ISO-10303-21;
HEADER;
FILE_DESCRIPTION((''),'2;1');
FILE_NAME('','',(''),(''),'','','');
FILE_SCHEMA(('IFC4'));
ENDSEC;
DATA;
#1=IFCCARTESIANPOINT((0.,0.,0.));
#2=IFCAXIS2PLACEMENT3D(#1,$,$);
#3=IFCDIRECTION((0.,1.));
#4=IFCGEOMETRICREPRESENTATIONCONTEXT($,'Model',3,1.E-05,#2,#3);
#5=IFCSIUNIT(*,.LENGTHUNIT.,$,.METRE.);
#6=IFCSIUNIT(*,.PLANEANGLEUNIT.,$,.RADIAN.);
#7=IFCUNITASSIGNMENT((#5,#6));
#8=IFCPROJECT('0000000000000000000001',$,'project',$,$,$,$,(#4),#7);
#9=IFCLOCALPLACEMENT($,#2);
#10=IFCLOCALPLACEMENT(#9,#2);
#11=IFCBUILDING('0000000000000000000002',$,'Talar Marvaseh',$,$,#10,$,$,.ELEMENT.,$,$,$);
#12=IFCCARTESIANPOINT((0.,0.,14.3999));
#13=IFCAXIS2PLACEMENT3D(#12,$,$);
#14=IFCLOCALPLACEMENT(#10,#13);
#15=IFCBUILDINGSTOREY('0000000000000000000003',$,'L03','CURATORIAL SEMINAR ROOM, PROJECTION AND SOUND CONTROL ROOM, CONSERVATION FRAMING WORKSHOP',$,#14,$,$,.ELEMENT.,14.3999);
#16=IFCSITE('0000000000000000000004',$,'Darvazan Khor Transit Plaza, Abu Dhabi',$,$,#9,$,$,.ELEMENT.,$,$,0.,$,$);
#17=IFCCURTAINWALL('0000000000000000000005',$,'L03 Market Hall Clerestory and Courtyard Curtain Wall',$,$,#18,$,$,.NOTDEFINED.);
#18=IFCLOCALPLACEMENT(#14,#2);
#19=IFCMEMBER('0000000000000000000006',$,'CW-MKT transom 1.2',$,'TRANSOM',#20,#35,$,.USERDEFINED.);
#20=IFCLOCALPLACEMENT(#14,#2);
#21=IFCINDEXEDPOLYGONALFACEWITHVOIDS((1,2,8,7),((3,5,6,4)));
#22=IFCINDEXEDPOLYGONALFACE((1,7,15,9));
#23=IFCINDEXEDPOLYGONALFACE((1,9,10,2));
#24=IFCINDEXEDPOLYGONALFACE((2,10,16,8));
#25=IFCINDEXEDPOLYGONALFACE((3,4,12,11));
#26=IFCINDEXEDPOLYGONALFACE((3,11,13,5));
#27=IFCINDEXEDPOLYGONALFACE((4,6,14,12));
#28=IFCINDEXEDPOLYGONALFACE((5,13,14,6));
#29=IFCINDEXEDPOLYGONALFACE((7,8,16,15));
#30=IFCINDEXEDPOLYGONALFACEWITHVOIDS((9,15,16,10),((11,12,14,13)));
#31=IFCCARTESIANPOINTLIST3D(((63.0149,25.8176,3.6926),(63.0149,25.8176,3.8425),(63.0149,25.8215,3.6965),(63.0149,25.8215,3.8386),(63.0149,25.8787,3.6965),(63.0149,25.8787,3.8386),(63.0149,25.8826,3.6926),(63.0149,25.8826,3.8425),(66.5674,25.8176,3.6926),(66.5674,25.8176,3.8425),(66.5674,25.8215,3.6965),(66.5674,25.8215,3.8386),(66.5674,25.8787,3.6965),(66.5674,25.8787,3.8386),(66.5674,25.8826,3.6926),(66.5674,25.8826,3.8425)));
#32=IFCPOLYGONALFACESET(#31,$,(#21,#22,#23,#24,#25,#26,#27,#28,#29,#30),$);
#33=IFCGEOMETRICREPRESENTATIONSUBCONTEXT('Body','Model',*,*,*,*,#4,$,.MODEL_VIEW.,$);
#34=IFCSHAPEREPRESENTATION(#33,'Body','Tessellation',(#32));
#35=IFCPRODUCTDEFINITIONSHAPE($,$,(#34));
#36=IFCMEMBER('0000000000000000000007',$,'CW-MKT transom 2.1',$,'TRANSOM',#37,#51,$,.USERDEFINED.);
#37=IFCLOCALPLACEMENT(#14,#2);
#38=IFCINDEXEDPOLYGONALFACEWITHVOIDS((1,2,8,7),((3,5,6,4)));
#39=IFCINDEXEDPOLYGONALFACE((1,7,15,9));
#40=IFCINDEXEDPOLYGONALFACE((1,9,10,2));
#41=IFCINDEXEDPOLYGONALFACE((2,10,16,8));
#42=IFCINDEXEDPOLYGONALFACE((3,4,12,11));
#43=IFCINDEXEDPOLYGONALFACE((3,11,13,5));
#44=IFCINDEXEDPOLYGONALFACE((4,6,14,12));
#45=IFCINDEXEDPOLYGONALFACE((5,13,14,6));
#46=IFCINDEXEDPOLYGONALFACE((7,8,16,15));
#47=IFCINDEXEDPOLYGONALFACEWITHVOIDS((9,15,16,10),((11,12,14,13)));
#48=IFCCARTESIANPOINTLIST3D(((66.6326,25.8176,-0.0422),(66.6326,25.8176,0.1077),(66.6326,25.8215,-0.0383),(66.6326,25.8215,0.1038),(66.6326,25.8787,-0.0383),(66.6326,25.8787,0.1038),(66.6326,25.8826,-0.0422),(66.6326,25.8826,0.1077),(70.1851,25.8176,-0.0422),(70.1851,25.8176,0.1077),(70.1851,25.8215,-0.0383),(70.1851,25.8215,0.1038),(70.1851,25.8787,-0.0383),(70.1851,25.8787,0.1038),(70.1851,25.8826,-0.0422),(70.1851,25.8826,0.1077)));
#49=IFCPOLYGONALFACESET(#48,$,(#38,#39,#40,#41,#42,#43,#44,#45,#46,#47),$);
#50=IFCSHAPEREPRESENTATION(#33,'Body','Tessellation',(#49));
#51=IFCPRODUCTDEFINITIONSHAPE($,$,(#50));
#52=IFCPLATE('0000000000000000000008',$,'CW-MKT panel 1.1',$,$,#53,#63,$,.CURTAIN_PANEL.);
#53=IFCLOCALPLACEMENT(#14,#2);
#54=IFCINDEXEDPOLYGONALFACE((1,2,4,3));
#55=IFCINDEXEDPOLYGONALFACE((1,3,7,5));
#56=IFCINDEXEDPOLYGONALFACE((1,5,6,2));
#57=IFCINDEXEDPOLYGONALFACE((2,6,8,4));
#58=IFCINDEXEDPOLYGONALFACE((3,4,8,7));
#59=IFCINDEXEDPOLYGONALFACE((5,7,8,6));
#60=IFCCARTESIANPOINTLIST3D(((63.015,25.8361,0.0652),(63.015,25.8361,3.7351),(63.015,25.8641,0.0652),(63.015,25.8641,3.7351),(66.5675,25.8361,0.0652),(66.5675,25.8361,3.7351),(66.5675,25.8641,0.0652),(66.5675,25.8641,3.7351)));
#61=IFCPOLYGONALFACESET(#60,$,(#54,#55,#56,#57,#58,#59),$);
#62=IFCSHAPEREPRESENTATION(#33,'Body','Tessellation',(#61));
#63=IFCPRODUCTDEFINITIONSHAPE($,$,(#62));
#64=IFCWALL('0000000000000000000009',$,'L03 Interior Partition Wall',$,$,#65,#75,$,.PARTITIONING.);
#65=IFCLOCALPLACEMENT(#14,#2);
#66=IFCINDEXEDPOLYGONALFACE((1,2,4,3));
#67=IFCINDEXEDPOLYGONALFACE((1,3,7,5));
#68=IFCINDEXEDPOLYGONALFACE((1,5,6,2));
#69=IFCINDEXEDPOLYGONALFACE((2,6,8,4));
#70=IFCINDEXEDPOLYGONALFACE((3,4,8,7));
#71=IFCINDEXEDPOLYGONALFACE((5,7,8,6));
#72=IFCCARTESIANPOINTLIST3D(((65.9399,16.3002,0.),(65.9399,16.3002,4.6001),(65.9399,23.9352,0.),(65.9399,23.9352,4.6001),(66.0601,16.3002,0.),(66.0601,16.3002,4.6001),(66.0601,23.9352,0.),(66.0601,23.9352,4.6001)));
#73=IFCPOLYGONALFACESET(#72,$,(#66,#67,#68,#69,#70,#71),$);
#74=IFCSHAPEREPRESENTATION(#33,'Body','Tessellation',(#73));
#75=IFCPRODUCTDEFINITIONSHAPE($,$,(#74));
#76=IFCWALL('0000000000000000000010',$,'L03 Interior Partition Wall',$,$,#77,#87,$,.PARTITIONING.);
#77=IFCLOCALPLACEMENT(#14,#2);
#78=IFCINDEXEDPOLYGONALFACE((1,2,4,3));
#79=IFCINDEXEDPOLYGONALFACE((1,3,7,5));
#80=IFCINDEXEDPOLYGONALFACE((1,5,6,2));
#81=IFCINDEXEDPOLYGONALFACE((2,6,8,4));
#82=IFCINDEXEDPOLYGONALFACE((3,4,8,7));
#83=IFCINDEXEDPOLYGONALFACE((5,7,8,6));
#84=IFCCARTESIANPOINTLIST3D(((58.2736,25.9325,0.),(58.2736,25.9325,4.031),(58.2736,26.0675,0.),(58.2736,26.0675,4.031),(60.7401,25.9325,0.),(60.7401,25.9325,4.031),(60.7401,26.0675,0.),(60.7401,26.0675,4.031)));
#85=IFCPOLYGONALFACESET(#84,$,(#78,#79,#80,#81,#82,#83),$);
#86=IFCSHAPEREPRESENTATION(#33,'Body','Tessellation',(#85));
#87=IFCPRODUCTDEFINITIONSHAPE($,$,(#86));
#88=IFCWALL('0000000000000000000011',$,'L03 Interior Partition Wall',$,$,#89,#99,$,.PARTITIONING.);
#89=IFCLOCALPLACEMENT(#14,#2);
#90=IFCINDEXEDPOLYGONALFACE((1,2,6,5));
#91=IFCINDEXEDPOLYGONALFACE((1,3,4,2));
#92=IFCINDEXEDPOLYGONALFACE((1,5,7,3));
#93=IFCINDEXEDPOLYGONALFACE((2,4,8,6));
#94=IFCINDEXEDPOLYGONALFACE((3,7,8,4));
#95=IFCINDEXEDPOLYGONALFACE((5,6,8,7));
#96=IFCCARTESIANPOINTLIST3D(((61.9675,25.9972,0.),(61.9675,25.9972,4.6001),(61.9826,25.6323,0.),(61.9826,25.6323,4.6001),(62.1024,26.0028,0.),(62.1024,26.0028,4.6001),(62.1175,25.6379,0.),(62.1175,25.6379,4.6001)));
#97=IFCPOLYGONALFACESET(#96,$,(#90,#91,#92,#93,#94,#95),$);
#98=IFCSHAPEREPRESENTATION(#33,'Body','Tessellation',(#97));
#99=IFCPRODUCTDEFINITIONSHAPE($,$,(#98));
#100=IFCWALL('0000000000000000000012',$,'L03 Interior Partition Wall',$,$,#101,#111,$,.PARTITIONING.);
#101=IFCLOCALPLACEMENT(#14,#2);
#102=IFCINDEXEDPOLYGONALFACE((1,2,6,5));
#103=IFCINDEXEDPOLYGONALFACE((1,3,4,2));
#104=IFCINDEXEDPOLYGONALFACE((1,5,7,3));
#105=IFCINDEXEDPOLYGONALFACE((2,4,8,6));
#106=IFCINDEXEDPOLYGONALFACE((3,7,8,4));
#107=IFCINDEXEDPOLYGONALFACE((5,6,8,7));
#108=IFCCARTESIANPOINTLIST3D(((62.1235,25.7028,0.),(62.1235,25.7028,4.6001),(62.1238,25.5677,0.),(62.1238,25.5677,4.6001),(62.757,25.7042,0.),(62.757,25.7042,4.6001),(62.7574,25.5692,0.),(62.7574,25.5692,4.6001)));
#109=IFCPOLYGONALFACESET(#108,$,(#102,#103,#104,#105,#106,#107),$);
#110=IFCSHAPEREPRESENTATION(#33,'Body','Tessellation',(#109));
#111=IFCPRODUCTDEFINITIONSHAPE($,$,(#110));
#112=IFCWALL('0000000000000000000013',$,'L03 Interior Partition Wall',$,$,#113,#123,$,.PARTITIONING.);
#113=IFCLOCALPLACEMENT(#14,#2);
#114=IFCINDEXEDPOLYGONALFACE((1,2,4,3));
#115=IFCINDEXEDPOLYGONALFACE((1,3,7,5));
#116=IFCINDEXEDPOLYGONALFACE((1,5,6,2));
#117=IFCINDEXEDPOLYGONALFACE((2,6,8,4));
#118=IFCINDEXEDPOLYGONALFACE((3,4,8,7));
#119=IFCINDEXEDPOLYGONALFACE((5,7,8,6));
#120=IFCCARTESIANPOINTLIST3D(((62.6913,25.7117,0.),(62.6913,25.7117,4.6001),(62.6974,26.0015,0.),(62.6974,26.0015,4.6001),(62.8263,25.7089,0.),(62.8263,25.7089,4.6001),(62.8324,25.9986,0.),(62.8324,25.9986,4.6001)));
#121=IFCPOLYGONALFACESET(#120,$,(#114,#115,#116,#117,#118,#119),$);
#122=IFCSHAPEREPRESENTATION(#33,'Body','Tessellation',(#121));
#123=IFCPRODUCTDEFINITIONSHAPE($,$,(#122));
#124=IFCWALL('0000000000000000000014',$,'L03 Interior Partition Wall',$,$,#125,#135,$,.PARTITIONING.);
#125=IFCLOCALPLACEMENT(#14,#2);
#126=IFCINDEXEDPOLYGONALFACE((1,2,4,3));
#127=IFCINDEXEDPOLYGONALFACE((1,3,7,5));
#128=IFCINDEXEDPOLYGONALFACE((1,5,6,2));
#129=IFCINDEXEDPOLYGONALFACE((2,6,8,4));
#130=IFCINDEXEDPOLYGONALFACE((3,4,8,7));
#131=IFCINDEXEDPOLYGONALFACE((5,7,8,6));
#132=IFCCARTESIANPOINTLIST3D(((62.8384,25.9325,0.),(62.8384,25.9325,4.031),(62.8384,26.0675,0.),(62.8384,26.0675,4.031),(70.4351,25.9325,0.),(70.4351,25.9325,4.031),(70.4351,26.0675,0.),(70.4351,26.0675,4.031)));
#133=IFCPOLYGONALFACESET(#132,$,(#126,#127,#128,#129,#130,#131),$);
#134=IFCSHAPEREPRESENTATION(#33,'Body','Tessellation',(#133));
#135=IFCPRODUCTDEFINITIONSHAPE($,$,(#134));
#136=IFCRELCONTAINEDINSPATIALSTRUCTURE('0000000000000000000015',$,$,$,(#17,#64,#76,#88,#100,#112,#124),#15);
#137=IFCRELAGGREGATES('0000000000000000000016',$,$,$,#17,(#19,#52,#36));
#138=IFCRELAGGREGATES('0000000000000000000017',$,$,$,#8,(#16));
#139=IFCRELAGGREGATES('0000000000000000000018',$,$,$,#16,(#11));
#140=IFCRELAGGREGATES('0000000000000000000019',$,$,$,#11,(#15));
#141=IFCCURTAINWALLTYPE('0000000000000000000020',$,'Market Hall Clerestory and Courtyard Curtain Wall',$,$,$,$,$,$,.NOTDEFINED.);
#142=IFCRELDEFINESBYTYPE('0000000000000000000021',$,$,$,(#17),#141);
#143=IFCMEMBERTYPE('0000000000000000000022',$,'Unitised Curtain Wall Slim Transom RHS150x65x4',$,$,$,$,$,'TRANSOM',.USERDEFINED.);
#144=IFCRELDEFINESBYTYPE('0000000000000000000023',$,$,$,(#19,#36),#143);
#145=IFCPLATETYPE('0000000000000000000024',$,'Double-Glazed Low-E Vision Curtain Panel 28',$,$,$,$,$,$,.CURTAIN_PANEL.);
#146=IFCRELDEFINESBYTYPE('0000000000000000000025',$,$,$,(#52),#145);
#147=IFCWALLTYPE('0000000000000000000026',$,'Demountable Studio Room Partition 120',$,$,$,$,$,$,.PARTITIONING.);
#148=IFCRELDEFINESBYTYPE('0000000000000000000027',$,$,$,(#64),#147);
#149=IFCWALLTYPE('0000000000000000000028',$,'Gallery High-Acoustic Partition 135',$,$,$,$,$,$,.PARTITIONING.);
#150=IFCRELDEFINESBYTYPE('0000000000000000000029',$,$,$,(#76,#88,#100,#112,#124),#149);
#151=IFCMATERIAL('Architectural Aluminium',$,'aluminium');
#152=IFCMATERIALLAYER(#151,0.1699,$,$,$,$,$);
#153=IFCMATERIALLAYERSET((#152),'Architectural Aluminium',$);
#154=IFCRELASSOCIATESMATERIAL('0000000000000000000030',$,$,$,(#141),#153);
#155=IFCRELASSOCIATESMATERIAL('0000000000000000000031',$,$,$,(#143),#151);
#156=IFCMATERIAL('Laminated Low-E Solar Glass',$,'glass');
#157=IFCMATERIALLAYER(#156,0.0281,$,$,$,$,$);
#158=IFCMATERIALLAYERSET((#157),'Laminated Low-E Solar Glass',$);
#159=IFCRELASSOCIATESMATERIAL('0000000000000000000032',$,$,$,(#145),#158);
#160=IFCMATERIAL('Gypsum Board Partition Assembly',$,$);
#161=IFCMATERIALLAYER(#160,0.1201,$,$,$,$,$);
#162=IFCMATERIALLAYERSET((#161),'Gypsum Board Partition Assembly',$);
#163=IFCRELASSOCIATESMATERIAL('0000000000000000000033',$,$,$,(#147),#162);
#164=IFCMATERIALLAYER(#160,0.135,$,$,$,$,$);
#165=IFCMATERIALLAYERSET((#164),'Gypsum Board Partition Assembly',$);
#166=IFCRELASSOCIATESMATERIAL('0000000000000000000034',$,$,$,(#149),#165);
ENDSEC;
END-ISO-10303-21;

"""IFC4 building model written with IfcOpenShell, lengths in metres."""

from ifc_helpers import new_model, si_unit, direction, frame, frame_2d, origin, origin_2d, place, context, subcontext, project, spatial, rectangle, hollow_rectangle, extrude, source, transform, mapped, material, layer, layer_set, material_profile, profile_set, type_object, type_shapes, element, aggregate, save


model = new_model("IFC4")

# Units and contexts
model_context = context("Model", 3, precision=1e-05, world=origin(), true_north=direction((0.0, 1.0)))
body_context = subcontext(model_context, "Body", "Model", "MODEL_VIEW")
ifc_project = project(units=[si_unit("LENGTHUNIT", "METRE"), si_unit("PLANEANGLEUNIT", "RADIAN")], contexts=[model_context])

# Site, building, storey
site_placement = place(None, origin())
site = spatial("IfcSite", under=ifc_project, at=site_placement, Name="Darvazan Khor Transit Plaza, Abu Dhabi", CompositionType="ELEMENT", RefElevation=0.0)
building_placement = place(site_placement, origin())
building = spatial("IfcBuilding", under=site, at=building_placement, Name="Talar Marvaseh", CompositionType="ELEMENT")
storey_placement = place(building_placement, frame((0.0, 0.0, 14.3999)))
storey = spatial("IfcBuildingStorey", under=building, at=storey_placement, Name="L03", Description="CURATORIAL SEMINAR ROOM, PROJECTION AND SOUND CONTROL ROOM, CONSERVATION FRAMING WORKSHOP", CompositionType="ELEMENT", Elevation=14.3999)

# Curtain wall, members, plate
ifc_material_1 = material(Name="Architectural Aluminium", Category="aluminium")
ifc_layer_1 = layer(ifc_material_1, 0.1699)
ifc_layer_set_1 = layer_set([ifc_layer_1], Name="Architectural Aluminium")
curtain_wall_type = type_object("IfcCurtainWallType", Name="Market Hall Clerestory and Courtyard Curtain Wall", PredefinedType="NOTDEFINED", material=ifc_layer_set_1)
curtain_wall_placement = place(storey_placement, origin())
curtain_wall = element("IfcCurtainWall", 1, at=curtain_wall_placement, inside=storey, type_object=curtain_wall_type, Name="L03 Market Hall Clerestory and Courtyard Curtain Wall", PredefinedType="NOTDEFINED")
ifc_material_profile_1 = material_profile(ifc_material_1, hollow_rectangle(XDim=0.0649, YDim=0.1499, WallThickness=0.0039, at=origin_2d()), Name="RHS150x65x4")
ifc_profile_set_1 = profile_set([ifc_material_profile_1], Name="Architectural Aluminium")
member_type_1 = type_object("IfcMemberType", Name="Unitised Curtain Wall Slim Transom RHS150x65x4", ElementType="TRANSOM", PredefinedType="USERDEFINED", material=ifc_profile_set_1)
shared_shape_1 = source(origin(), body_context, "Body", "SweptSolid", [
    extrude(hollow_rectangle(XDim=0.0649, YDim=0.1499, WallThickness=0.0039, at=origin_2d()), origin(), (0.0, 0.0, 1.0), 3.5525),
])
type_shapes(member_type_1, [shared_shape_1])
member_1_placement = place(storey_placement, frame((63.0149, 25.8501, 3.7676), z_axis=(1.0, 0.0, 0.0), x_axis=(0.0, 1.0, 0.0)))
member_1 = element("IfcMember", 2, at=member_1_placement, type_object=member_type_1, Name="CW-MKT transom 1.2", ObjectType="TRANSOM", PredefinedType="USERDEFINED", context=body_context, shape_type="MappedRepresentation", body=[
    mapped(shared_shape_1, transform((0.0, 0.0, 0.0), x_axis=(1.0, 0.0, 0.0), y_axis=(0.0, 1.0, 0.0), z_axis=(0.0, 0.0, 1.0), scale=1.0)),
])
member_2_placement = place(storey_placement, frame((66.6326, 25.8501, 0.0327), z_axis=(1.0, 0.0, 0.0), x_axis=(0.0, 1.0, 0.0)))
member_2 = element("IfcMember", 3, at=member_2_placement, type_object=member_type_1, Name="CW-MKT transom 2.1", ObjectType="TRANSOM", PredefinedType="USERDEFINED", context=body_context, shape_type="MappedRepresentation", body=[
    mapped(shared_shape_1, transform((0.0, 0.0, 0.0), x_axis=(1.0, 0.0, 0.0), y_axis=(0.0, 1.0, 0.0), z_axis=(0.0, 0.0, 1.0), scale=1.0)),
])
ifc_material_2 = material(Name="Laminated Low-E Solar Glass", Category="glass")
ifc_layer_2 = layer(ifc_material_2, 0.0281)
ifc_layer_set_2 = layer_set([ifc_layer_2], Name="Laminated Low-E Solar Glass")
plate_type = type_object("IfcPlateType", Name="Double-Glazed Low-E Vision Curtain Panel 28", PredefinedType="CURTAIN_PANEL", material=ifc_layer_set_2)
shared_shape_2 = source(origin(), body_context, "Body", "SweptSolid", [
    extrude(rectangle(XDim=3.5525, YDim=0.0281, at=origin_2d()), origin(), (0.0, 0.0, 1.0), 3.6699),
])
type_shapes(plate_type, [shared_shape_2])
plate_placement = place(storey_placement, frame((64.7913, 25.8501, 0.0652), z_axis=(0.0, 0.0, 1.0), x_axis=(1.0, 0.0, 0.0)))
plate = element("IfcPlate", 4, at=plate_placement, type_object=plate_type, Name="CW-MKT panel 1.1", PredefinedType="CURTAIN_PANEL", context=body_context, shape_type="MappedRepresentation", body=[
    mapped(shared_shape_2, transform((0.0, 0.0, 0.0), x_axis=(1.0, 0.0, 0.0), y_axis=(0.0, 1.0, 0.0), z_axis=(0.0, 0.0, 1.0), scale=1.0)),
])
aggregate(curtain_wall, [member_1, plate, member_2])

# Walls
ifc_material_3 = material(Name="Gypsum Board Partition Assembly")
ifc_layer_3 = layer(ifc_material_3, 0.1201)
ifc_layer_set_3 = layer_set([ifc_layer_3], Name="Gypsum Board Partition Assembly")
wall_type_1 = type_object("IfcWallType", Name="Demountable Studio Room Partition 120", PredefinedType="PARTITIONING", material=ifc_layer_set_3)
wall_1_placement = place(storey_placement, frame((66.0, 23.9351, 0.0), z_axis=(0.0, 0.0, 1.0), x_axis=(0.0, -1.0, 0.0)))
element("IfcWall", 5, at=wall_1_placement, inside=storey, type_object=wall_type_1, Name="L03 Interior Partition Wall", PredefinedType="PARTITIONING", context=body_context, shape_type="SweptSolid", body=[
    extrude(rectangle(XDim=7.635, YDim=0.1201, at=frame_2d((3.8174, 0.0))), origin(), (0.0, 0.0, 1.0), 4.6001),
])
ifc_layer_4 = layer(ifc_material_3, 0.135)
ifc_layer_set_4 = layer_set([ifc_layer_4], Name="Gypsum Board Partition Assembly")
wall_type_2 = type_object("IfcWallType", Name="Gallery High-Acoustic Partition 135", PredefinedType="PARTITIONING", material=ifc_layer_set_4)
wall_2_placement = place(storey_placement, frame((58.2734, 26.0, 0.0), z_axis=(0.0, 0.0, 1.0), x_axis=(1.0, 0.0, 0.0)))
element("IfcWall", 6, at=wall_2_placement, inside=storey, type_object=wall_type_2, Name="L03 Interior Partition Wall", PredefinedType="PARTITIONING", context=body_context, shape_type="SweptSolid", body=[
    extrude(rectangle(XDim=2.4666, YDim=0.135, at=frame_2d((1.2334, 0.0))), origin(), (0.0, 0.0, 1.0), 4.031),
])
wall_3_placement = place(storey_placement, frame((62.0349, 26.0, 0.0), z_axis=(0.0, 0.0, 1.0), x_axis=(0.041436, -0.999141, 0.0)))
element("IfcWall", 7, at=wall_3_placement, inside=storey, type_object=wall_type_2, Name="L03 Interior Partition Wall", PredefinedType="PARTITIONING", context=body_context, shape_type="SweptSolid", body=[
    extrude(rectangle(XDim=0.3652, YDim=0.135, at=frame_2d((0.1826, 0.0))), origin(), (0.0, 0.0, 1.0), 4.6001),
])
wall_4_placement = place(storey_placement, frame((62.1235, 25.6353, 0.0), z_axis=(0.0, 0.0, 1.0), x_axis=(0.999997, 0.002312, 0.0)))
element("IfcWall", 8, at=wall_4_placement, inside=storey, type_object=wall_type_2, Name="L03 Interior Partition Wall", PredefinedType="PARTITIONING", context=body_context, shape_type="SweptSolid", body=[
    extrude(rectangle(XDim=0.6335, YDim=0.135, at=frame_2d((0.3169, 0.0))), origin(), (0.0, 0.0, 1.0), 4.6001),
])
wall_5_placement = place(storey_placement, frame((62.7588, 25.7102, 0.0), z_axis=(0.0, 0.0, 1.0), x_axis=(0.021057, 0.999778, 0.0)))
element("IfcWall", 9, at=wall_5_placement, inside=storey, type_object=wall_type_2, Name="L03 Interior Partition Wall", PredefinedType="PARTITIONING", context=body_context, shape_type="SweptSolid", body=[
    extrude(rectangle(XDim=0.2898, YDim=0.135, at=frame_2d((0.145, 0.0))), origin(), (0.0, 0.0, 1.0), 4.6001),
])
wall_6_placement = place(storey_placement, frame((62.8384, 26.0, 0.0), z_axis=(0.0, 0.0, 1.0), x_axis=(1.0, 0.0, 0.0)))
element("IfcWall", 10, at=wall_6_placement, inside=storey, type_object=wall_type_2, Name="L03 Interior Partition Wall", PredefinedType="PARTITIONING", context=body_context, shape_type="SweptSolid", body=[
    extrude(rectangle(XDim=7.5967, YDim=0.135, at=frame_2d((3.7983, 0.0))), origin(), (0.0, 0.0, 1.0), 4.031),
])

save(model, "model.ifc")
